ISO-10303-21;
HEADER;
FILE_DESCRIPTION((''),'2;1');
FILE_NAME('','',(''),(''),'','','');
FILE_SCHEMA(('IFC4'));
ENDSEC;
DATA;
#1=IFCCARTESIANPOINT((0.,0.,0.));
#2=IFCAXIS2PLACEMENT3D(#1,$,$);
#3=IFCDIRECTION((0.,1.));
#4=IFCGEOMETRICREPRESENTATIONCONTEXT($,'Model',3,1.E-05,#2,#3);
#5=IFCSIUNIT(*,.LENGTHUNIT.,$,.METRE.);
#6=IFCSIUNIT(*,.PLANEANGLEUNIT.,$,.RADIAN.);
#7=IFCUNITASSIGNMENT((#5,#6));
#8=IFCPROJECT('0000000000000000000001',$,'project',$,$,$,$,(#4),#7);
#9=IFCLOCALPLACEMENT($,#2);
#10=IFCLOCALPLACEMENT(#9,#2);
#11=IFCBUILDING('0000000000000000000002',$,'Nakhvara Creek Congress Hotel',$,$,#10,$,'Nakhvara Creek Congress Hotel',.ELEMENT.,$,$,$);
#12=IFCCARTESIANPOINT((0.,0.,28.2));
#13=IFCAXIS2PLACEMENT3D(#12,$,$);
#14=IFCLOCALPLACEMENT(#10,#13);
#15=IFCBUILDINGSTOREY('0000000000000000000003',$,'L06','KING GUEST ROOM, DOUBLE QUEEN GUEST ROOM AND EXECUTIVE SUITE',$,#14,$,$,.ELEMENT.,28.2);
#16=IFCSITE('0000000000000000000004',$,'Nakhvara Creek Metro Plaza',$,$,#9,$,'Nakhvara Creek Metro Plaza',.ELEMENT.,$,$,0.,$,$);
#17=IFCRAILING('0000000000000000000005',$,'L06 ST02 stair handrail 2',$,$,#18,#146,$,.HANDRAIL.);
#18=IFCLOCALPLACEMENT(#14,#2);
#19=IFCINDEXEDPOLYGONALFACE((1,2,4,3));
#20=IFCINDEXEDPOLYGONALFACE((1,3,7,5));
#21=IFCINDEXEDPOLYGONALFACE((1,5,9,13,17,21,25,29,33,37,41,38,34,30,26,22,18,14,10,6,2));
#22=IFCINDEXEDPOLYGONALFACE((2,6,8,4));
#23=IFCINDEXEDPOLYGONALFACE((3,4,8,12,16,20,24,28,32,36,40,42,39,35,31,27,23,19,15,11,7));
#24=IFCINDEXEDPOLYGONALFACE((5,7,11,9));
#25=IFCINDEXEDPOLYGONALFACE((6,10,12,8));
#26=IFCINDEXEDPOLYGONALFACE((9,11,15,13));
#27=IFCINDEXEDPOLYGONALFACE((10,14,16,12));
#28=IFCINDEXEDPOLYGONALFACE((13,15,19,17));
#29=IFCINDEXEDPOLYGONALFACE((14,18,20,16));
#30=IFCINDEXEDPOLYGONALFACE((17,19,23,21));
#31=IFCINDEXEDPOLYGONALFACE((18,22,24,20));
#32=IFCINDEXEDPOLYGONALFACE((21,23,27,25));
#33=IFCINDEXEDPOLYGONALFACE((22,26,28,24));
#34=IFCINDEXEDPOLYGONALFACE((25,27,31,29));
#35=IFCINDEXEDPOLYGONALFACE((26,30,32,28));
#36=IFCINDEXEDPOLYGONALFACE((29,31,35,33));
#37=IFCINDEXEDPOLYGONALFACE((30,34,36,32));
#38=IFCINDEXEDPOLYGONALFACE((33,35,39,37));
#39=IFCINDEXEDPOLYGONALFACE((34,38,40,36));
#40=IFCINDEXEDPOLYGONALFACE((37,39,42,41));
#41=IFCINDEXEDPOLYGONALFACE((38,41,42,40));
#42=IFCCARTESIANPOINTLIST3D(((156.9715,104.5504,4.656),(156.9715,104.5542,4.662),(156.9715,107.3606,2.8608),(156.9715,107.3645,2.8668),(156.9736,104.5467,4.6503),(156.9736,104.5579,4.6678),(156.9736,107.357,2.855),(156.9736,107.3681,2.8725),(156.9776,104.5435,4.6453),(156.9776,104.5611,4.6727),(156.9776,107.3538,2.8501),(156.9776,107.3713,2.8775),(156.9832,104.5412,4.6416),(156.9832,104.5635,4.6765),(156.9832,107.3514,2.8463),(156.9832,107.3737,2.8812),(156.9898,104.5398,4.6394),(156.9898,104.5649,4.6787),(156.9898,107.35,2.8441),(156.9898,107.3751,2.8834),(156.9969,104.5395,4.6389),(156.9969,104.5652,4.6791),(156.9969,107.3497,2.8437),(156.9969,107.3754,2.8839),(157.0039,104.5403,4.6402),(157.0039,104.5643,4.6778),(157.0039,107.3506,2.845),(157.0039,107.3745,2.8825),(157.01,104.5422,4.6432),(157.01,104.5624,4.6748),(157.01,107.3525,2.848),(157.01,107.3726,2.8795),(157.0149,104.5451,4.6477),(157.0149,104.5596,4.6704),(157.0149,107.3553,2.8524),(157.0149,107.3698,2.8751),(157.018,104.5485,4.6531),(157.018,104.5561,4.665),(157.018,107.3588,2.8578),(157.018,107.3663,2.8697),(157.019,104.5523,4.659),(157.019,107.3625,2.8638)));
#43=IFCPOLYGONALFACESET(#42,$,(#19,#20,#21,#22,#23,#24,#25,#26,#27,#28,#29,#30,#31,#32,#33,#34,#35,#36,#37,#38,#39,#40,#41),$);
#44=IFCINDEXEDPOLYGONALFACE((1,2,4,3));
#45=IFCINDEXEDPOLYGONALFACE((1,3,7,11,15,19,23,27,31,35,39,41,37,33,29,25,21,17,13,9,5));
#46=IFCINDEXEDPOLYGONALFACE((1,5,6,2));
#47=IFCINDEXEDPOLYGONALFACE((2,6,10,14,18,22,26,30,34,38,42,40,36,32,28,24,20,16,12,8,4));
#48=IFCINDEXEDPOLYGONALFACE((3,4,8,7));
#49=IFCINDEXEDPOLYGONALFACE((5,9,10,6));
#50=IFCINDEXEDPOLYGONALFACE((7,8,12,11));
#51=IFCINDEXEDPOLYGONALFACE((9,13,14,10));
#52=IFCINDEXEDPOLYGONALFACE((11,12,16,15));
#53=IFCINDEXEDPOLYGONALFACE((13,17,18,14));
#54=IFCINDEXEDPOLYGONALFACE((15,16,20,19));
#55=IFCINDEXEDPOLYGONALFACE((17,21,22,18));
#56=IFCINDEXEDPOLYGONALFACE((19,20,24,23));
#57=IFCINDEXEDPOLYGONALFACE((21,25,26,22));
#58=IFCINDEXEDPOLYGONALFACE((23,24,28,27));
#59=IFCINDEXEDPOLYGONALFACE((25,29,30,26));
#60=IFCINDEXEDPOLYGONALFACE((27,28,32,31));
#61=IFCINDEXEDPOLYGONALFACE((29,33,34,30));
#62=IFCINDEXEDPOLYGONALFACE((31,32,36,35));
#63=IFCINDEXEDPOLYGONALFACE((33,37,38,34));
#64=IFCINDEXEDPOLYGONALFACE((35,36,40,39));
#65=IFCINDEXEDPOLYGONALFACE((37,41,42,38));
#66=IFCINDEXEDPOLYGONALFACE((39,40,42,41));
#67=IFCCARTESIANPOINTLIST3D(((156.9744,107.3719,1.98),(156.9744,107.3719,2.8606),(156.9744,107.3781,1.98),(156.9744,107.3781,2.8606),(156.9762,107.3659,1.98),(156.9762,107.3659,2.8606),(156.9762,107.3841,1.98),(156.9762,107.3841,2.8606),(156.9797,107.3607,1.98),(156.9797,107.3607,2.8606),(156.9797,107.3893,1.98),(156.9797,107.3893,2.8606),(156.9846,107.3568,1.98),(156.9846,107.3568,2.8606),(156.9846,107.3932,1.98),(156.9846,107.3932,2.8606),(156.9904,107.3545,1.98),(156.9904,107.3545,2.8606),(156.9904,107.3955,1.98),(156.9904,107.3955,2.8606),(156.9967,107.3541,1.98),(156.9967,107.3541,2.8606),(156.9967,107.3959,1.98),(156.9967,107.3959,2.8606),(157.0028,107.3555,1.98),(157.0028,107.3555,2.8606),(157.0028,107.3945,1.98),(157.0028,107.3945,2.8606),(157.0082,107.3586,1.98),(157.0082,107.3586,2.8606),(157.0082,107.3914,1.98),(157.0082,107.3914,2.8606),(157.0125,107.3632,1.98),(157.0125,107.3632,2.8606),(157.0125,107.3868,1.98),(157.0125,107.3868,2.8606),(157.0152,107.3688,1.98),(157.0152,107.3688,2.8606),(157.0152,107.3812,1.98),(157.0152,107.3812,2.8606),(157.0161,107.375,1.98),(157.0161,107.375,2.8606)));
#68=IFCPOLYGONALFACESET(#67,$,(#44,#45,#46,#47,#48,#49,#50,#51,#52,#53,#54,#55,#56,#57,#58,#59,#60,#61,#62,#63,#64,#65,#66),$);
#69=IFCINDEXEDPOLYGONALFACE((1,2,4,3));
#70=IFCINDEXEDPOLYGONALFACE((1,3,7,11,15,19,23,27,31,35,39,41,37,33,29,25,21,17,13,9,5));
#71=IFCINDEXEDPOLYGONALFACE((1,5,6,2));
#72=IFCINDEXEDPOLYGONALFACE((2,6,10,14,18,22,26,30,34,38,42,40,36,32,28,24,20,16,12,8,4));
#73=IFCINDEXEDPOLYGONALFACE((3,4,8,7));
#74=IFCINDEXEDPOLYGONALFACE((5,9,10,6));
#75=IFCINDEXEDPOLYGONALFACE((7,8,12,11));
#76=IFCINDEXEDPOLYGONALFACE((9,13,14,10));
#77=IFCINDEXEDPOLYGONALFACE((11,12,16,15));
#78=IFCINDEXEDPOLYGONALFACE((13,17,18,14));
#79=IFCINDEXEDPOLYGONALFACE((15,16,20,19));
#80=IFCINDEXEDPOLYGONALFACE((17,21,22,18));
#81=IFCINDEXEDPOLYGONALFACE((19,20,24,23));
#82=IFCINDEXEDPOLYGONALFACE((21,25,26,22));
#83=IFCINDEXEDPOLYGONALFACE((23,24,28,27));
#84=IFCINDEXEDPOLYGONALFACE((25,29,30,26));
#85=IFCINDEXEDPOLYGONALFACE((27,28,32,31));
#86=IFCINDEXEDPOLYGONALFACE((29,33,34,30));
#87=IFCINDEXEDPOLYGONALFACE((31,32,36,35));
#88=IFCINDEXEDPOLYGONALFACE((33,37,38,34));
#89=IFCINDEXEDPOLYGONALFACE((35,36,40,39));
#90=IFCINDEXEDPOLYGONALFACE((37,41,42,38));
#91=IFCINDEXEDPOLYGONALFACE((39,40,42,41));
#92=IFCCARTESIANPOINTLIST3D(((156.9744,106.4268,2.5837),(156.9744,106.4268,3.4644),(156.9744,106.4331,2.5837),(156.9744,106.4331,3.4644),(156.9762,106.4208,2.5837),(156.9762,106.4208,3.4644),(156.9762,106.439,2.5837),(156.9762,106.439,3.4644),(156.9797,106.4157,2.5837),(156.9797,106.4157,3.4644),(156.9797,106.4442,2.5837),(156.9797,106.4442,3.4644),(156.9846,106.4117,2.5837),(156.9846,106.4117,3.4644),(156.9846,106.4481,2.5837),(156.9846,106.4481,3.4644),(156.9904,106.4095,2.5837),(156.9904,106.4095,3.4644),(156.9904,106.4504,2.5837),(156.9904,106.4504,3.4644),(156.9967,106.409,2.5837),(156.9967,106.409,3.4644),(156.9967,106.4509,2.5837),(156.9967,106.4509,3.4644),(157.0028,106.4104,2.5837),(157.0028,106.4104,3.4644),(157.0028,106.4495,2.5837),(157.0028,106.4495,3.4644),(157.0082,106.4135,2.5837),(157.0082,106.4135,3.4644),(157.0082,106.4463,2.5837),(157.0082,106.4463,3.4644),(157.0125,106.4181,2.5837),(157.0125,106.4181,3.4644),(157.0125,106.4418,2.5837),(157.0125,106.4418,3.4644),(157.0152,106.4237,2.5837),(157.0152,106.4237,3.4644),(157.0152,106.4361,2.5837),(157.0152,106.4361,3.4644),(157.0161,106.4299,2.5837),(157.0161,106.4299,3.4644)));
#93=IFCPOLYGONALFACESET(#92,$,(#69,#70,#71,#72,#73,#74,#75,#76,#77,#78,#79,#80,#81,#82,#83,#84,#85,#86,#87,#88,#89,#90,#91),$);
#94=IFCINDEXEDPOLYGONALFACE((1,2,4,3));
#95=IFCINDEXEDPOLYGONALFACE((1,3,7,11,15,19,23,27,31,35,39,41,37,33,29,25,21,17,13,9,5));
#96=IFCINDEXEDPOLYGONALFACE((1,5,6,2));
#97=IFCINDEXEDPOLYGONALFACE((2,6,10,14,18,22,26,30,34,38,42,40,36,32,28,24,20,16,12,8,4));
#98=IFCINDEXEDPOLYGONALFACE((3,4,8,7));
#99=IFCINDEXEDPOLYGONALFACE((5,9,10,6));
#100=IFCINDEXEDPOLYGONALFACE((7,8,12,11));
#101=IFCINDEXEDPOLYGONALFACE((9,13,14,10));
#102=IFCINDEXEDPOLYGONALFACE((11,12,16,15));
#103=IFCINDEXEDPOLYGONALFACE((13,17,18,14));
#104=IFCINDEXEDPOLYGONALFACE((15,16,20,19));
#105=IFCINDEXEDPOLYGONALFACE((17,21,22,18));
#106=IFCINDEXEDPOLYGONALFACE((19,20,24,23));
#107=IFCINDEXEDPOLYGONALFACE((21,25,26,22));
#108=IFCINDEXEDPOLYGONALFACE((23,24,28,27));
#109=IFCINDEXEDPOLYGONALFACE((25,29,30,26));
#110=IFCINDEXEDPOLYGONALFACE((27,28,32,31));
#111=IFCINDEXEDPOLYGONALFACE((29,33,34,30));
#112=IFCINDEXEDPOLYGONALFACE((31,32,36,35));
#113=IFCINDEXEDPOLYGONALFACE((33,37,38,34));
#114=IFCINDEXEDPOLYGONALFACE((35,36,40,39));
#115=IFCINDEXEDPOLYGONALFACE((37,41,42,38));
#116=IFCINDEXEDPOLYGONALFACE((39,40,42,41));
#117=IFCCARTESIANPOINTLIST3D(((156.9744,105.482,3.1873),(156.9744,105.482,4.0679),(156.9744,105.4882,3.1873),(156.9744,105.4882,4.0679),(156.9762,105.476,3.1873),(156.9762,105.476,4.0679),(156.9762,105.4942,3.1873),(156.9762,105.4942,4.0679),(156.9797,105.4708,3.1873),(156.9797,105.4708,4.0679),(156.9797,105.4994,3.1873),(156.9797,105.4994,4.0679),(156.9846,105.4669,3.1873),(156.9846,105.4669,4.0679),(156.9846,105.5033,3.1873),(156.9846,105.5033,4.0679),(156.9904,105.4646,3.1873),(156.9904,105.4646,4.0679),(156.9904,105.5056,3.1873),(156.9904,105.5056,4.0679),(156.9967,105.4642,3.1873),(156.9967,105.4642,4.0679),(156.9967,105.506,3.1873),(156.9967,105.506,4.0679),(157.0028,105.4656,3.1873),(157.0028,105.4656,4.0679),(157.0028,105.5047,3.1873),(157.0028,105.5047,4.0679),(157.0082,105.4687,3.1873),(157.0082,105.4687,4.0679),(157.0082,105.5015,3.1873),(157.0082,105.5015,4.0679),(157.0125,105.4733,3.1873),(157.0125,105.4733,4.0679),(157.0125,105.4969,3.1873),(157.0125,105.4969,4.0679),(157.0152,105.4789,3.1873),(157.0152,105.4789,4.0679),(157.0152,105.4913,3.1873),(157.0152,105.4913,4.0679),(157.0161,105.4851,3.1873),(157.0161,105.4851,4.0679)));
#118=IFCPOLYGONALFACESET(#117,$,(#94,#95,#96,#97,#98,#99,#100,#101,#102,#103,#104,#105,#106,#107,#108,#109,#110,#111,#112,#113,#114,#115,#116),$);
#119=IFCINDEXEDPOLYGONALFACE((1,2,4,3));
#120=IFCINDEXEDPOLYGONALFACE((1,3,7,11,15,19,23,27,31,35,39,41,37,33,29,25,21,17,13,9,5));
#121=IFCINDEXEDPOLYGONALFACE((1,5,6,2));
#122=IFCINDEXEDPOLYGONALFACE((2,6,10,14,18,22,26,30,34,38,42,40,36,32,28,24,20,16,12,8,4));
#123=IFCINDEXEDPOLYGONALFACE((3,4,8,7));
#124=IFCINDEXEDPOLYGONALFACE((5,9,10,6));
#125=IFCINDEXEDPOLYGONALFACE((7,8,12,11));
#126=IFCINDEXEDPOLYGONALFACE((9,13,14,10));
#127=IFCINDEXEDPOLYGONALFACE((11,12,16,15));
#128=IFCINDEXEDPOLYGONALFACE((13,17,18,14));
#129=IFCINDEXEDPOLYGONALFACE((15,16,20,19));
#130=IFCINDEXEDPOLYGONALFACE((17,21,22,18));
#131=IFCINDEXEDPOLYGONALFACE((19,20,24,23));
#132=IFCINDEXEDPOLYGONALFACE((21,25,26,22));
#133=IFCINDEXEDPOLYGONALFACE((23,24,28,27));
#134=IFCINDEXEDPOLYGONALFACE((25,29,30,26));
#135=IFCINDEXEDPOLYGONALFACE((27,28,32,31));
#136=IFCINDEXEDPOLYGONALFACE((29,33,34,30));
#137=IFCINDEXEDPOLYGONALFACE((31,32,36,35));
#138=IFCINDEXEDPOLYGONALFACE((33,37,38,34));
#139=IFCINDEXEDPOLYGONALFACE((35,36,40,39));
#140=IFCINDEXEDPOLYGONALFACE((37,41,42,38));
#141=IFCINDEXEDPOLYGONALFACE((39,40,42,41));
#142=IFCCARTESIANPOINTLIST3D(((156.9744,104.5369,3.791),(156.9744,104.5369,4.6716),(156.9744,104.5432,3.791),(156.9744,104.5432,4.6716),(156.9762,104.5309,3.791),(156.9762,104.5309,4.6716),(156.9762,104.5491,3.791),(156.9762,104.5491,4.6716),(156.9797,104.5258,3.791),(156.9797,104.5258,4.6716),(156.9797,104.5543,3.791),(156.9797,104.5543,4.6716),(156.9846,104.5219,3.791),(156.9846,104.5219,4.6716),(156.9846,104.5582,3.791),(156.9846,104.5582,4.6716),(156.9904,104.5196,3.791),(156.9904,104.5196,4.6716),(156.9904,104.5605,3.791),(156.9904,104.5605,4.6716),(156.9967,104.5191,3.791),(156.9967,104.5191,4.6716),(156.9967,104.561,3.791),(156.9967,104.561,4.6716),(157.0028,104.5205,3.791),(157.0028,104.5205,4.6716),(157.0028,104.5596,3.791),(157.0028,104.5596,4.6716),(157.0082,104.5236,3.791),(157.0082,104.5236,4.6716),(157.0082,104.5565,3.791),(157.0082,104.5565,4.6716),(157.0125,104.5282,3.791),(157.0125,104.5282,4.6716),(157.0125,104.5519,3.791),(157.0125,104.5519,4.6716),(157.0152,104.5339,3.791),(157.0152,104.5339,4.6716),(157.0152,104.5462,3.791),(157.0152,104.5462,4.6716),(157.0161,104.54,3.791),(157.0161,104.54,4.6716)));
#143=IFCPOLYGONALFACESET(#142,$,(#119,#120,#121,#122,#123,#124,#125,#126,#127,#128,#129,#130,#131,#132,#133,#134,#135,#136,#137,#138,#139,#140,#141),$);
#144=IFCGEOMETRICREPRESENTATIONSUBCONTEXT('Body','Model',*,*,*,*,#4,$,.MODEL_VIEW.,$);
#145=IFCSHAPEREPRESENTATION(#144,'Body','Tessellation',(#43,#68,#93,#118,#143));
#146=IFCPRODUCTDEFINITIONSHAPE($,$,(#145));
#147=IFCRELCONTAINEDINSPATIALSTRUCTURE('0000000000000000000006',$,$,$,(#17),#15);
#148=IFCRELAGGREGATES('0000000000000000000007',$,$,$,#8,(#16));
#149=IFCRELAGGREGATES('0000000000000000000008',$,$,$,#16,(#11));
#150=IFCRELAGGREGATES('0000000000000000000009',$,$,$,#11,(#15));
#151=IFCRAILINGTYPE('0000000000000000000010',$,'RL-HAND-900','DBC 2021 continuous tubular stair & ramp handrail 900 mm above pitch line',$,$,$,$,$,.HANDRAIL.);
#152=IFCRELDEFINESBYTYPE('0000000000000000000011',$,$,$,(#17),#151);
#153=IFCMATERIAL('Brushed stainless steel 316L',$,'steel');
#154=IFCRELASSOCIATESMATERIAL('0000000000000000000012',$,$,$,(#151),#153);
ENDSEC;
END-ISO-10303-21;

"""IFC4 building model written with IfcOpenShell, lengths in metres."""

from ifc_helpers import new_model, si_unit, direction, frame, origin, origin_2d, place, context, subcontext, project, spatial, circle, extrude, material, type_object, element, save


model = new_model("IFC4")

# Units and contexts
model_context = context("Model", 3, precision=1e-05, world=origin(), true_north=direction((0.0, 1.0)))
body_context = subcontext(model_context, "Body", "Model", "MODEL_VIEW")
ifc_project = project(units=[si_unit("LENGTHUNIT", "METRE"), si_unit("PLANEANGLEUNIT", "RADIAN")], contexts=[model_context])

# Site, building, storey
site_placement = place(None, origin())
site = spatial("IfcSite", under=ifc_project, at=site_placement, Name="Nakhvara Creek Metro Plaza", LongName="Nakhvara Creek Metro Plaza", CompositionType="ELEMENT", RefElevation=0.0)
building_placement = place(site_placement, origin())
building = spatial("IfcBuilding", under=site, at=building_placement, Name="Nakhvara Creek Congress Hotel", LongName="Nakhvara Creek Congress Hotel", CompositionType="ELEMENT")
storey_placement = place(building_placement, frame((0.0, 0.0, 28.2)))
storey = spatial("IfcBuildingStorey", under=building, at=storey_placement, Name="L06", Description="KING GUEST ROOM, DOUBLE QUEEN GUEST ROOM AND EXECUTIVE SUITE", CompositionType="ELEMENT", Elevation=28.2)

# Railing
ifc_material_1 = material(Name="Brushed stainless steel 316L", Category="steel")
railing_type_1 = type_object("IfcRailingType", Name="RL-HAND-900", Description="DBC 2021 continuous tubular stair & ramp handrail 900 mm above pitch line", PredefinedType="HANDRAIL", material=ifc_material_1)
railing_1_placement = place(storey_placement, frame((156.9951, 107.375, 1.98)))
element("IfcRailing", 1, at=railing_1_placement, inside=storey, type_object=railing_type_1, Name="L06 ST02 stair handrail 2", PredefinedType="HANDRAIL", context=body_context, shape_type="SweptSolid", body=[
    extrude(circle(Radius=0.0239, at=origin_2d()), frame((0.0, -0.0125, 0.8838), z_axis=(0.0, -0.842722, 0.538349), x_axis=(1.0, 0.0, 0.0)), (0.0, 0.0, 1.0), 3.3347),
    extrude(circle(Radius=0.021, at=origin_2d()), origin(), (0.0, 0.0, 1.0), 0.8806),
    extrude(circle(Radius=0.021, at=origin_2d()), frame((0.0, -0.9451, 0.6038)), (0.0, 0.0, 1.0), 0.8806),
    extrude(circle(Radius=0.021, at=origin_2d()), frame((0.0, -1.8899, 1.2073)), (0.0, 0.0, 1.0), 0.8806),
    extrude(circle(Radius=0.021, at=origin_2d()), frame((0.0, -2.835, 1.811)), (0.0, 0.0, 1.0), 0.8806),
])

save(model, "model.ifc")
